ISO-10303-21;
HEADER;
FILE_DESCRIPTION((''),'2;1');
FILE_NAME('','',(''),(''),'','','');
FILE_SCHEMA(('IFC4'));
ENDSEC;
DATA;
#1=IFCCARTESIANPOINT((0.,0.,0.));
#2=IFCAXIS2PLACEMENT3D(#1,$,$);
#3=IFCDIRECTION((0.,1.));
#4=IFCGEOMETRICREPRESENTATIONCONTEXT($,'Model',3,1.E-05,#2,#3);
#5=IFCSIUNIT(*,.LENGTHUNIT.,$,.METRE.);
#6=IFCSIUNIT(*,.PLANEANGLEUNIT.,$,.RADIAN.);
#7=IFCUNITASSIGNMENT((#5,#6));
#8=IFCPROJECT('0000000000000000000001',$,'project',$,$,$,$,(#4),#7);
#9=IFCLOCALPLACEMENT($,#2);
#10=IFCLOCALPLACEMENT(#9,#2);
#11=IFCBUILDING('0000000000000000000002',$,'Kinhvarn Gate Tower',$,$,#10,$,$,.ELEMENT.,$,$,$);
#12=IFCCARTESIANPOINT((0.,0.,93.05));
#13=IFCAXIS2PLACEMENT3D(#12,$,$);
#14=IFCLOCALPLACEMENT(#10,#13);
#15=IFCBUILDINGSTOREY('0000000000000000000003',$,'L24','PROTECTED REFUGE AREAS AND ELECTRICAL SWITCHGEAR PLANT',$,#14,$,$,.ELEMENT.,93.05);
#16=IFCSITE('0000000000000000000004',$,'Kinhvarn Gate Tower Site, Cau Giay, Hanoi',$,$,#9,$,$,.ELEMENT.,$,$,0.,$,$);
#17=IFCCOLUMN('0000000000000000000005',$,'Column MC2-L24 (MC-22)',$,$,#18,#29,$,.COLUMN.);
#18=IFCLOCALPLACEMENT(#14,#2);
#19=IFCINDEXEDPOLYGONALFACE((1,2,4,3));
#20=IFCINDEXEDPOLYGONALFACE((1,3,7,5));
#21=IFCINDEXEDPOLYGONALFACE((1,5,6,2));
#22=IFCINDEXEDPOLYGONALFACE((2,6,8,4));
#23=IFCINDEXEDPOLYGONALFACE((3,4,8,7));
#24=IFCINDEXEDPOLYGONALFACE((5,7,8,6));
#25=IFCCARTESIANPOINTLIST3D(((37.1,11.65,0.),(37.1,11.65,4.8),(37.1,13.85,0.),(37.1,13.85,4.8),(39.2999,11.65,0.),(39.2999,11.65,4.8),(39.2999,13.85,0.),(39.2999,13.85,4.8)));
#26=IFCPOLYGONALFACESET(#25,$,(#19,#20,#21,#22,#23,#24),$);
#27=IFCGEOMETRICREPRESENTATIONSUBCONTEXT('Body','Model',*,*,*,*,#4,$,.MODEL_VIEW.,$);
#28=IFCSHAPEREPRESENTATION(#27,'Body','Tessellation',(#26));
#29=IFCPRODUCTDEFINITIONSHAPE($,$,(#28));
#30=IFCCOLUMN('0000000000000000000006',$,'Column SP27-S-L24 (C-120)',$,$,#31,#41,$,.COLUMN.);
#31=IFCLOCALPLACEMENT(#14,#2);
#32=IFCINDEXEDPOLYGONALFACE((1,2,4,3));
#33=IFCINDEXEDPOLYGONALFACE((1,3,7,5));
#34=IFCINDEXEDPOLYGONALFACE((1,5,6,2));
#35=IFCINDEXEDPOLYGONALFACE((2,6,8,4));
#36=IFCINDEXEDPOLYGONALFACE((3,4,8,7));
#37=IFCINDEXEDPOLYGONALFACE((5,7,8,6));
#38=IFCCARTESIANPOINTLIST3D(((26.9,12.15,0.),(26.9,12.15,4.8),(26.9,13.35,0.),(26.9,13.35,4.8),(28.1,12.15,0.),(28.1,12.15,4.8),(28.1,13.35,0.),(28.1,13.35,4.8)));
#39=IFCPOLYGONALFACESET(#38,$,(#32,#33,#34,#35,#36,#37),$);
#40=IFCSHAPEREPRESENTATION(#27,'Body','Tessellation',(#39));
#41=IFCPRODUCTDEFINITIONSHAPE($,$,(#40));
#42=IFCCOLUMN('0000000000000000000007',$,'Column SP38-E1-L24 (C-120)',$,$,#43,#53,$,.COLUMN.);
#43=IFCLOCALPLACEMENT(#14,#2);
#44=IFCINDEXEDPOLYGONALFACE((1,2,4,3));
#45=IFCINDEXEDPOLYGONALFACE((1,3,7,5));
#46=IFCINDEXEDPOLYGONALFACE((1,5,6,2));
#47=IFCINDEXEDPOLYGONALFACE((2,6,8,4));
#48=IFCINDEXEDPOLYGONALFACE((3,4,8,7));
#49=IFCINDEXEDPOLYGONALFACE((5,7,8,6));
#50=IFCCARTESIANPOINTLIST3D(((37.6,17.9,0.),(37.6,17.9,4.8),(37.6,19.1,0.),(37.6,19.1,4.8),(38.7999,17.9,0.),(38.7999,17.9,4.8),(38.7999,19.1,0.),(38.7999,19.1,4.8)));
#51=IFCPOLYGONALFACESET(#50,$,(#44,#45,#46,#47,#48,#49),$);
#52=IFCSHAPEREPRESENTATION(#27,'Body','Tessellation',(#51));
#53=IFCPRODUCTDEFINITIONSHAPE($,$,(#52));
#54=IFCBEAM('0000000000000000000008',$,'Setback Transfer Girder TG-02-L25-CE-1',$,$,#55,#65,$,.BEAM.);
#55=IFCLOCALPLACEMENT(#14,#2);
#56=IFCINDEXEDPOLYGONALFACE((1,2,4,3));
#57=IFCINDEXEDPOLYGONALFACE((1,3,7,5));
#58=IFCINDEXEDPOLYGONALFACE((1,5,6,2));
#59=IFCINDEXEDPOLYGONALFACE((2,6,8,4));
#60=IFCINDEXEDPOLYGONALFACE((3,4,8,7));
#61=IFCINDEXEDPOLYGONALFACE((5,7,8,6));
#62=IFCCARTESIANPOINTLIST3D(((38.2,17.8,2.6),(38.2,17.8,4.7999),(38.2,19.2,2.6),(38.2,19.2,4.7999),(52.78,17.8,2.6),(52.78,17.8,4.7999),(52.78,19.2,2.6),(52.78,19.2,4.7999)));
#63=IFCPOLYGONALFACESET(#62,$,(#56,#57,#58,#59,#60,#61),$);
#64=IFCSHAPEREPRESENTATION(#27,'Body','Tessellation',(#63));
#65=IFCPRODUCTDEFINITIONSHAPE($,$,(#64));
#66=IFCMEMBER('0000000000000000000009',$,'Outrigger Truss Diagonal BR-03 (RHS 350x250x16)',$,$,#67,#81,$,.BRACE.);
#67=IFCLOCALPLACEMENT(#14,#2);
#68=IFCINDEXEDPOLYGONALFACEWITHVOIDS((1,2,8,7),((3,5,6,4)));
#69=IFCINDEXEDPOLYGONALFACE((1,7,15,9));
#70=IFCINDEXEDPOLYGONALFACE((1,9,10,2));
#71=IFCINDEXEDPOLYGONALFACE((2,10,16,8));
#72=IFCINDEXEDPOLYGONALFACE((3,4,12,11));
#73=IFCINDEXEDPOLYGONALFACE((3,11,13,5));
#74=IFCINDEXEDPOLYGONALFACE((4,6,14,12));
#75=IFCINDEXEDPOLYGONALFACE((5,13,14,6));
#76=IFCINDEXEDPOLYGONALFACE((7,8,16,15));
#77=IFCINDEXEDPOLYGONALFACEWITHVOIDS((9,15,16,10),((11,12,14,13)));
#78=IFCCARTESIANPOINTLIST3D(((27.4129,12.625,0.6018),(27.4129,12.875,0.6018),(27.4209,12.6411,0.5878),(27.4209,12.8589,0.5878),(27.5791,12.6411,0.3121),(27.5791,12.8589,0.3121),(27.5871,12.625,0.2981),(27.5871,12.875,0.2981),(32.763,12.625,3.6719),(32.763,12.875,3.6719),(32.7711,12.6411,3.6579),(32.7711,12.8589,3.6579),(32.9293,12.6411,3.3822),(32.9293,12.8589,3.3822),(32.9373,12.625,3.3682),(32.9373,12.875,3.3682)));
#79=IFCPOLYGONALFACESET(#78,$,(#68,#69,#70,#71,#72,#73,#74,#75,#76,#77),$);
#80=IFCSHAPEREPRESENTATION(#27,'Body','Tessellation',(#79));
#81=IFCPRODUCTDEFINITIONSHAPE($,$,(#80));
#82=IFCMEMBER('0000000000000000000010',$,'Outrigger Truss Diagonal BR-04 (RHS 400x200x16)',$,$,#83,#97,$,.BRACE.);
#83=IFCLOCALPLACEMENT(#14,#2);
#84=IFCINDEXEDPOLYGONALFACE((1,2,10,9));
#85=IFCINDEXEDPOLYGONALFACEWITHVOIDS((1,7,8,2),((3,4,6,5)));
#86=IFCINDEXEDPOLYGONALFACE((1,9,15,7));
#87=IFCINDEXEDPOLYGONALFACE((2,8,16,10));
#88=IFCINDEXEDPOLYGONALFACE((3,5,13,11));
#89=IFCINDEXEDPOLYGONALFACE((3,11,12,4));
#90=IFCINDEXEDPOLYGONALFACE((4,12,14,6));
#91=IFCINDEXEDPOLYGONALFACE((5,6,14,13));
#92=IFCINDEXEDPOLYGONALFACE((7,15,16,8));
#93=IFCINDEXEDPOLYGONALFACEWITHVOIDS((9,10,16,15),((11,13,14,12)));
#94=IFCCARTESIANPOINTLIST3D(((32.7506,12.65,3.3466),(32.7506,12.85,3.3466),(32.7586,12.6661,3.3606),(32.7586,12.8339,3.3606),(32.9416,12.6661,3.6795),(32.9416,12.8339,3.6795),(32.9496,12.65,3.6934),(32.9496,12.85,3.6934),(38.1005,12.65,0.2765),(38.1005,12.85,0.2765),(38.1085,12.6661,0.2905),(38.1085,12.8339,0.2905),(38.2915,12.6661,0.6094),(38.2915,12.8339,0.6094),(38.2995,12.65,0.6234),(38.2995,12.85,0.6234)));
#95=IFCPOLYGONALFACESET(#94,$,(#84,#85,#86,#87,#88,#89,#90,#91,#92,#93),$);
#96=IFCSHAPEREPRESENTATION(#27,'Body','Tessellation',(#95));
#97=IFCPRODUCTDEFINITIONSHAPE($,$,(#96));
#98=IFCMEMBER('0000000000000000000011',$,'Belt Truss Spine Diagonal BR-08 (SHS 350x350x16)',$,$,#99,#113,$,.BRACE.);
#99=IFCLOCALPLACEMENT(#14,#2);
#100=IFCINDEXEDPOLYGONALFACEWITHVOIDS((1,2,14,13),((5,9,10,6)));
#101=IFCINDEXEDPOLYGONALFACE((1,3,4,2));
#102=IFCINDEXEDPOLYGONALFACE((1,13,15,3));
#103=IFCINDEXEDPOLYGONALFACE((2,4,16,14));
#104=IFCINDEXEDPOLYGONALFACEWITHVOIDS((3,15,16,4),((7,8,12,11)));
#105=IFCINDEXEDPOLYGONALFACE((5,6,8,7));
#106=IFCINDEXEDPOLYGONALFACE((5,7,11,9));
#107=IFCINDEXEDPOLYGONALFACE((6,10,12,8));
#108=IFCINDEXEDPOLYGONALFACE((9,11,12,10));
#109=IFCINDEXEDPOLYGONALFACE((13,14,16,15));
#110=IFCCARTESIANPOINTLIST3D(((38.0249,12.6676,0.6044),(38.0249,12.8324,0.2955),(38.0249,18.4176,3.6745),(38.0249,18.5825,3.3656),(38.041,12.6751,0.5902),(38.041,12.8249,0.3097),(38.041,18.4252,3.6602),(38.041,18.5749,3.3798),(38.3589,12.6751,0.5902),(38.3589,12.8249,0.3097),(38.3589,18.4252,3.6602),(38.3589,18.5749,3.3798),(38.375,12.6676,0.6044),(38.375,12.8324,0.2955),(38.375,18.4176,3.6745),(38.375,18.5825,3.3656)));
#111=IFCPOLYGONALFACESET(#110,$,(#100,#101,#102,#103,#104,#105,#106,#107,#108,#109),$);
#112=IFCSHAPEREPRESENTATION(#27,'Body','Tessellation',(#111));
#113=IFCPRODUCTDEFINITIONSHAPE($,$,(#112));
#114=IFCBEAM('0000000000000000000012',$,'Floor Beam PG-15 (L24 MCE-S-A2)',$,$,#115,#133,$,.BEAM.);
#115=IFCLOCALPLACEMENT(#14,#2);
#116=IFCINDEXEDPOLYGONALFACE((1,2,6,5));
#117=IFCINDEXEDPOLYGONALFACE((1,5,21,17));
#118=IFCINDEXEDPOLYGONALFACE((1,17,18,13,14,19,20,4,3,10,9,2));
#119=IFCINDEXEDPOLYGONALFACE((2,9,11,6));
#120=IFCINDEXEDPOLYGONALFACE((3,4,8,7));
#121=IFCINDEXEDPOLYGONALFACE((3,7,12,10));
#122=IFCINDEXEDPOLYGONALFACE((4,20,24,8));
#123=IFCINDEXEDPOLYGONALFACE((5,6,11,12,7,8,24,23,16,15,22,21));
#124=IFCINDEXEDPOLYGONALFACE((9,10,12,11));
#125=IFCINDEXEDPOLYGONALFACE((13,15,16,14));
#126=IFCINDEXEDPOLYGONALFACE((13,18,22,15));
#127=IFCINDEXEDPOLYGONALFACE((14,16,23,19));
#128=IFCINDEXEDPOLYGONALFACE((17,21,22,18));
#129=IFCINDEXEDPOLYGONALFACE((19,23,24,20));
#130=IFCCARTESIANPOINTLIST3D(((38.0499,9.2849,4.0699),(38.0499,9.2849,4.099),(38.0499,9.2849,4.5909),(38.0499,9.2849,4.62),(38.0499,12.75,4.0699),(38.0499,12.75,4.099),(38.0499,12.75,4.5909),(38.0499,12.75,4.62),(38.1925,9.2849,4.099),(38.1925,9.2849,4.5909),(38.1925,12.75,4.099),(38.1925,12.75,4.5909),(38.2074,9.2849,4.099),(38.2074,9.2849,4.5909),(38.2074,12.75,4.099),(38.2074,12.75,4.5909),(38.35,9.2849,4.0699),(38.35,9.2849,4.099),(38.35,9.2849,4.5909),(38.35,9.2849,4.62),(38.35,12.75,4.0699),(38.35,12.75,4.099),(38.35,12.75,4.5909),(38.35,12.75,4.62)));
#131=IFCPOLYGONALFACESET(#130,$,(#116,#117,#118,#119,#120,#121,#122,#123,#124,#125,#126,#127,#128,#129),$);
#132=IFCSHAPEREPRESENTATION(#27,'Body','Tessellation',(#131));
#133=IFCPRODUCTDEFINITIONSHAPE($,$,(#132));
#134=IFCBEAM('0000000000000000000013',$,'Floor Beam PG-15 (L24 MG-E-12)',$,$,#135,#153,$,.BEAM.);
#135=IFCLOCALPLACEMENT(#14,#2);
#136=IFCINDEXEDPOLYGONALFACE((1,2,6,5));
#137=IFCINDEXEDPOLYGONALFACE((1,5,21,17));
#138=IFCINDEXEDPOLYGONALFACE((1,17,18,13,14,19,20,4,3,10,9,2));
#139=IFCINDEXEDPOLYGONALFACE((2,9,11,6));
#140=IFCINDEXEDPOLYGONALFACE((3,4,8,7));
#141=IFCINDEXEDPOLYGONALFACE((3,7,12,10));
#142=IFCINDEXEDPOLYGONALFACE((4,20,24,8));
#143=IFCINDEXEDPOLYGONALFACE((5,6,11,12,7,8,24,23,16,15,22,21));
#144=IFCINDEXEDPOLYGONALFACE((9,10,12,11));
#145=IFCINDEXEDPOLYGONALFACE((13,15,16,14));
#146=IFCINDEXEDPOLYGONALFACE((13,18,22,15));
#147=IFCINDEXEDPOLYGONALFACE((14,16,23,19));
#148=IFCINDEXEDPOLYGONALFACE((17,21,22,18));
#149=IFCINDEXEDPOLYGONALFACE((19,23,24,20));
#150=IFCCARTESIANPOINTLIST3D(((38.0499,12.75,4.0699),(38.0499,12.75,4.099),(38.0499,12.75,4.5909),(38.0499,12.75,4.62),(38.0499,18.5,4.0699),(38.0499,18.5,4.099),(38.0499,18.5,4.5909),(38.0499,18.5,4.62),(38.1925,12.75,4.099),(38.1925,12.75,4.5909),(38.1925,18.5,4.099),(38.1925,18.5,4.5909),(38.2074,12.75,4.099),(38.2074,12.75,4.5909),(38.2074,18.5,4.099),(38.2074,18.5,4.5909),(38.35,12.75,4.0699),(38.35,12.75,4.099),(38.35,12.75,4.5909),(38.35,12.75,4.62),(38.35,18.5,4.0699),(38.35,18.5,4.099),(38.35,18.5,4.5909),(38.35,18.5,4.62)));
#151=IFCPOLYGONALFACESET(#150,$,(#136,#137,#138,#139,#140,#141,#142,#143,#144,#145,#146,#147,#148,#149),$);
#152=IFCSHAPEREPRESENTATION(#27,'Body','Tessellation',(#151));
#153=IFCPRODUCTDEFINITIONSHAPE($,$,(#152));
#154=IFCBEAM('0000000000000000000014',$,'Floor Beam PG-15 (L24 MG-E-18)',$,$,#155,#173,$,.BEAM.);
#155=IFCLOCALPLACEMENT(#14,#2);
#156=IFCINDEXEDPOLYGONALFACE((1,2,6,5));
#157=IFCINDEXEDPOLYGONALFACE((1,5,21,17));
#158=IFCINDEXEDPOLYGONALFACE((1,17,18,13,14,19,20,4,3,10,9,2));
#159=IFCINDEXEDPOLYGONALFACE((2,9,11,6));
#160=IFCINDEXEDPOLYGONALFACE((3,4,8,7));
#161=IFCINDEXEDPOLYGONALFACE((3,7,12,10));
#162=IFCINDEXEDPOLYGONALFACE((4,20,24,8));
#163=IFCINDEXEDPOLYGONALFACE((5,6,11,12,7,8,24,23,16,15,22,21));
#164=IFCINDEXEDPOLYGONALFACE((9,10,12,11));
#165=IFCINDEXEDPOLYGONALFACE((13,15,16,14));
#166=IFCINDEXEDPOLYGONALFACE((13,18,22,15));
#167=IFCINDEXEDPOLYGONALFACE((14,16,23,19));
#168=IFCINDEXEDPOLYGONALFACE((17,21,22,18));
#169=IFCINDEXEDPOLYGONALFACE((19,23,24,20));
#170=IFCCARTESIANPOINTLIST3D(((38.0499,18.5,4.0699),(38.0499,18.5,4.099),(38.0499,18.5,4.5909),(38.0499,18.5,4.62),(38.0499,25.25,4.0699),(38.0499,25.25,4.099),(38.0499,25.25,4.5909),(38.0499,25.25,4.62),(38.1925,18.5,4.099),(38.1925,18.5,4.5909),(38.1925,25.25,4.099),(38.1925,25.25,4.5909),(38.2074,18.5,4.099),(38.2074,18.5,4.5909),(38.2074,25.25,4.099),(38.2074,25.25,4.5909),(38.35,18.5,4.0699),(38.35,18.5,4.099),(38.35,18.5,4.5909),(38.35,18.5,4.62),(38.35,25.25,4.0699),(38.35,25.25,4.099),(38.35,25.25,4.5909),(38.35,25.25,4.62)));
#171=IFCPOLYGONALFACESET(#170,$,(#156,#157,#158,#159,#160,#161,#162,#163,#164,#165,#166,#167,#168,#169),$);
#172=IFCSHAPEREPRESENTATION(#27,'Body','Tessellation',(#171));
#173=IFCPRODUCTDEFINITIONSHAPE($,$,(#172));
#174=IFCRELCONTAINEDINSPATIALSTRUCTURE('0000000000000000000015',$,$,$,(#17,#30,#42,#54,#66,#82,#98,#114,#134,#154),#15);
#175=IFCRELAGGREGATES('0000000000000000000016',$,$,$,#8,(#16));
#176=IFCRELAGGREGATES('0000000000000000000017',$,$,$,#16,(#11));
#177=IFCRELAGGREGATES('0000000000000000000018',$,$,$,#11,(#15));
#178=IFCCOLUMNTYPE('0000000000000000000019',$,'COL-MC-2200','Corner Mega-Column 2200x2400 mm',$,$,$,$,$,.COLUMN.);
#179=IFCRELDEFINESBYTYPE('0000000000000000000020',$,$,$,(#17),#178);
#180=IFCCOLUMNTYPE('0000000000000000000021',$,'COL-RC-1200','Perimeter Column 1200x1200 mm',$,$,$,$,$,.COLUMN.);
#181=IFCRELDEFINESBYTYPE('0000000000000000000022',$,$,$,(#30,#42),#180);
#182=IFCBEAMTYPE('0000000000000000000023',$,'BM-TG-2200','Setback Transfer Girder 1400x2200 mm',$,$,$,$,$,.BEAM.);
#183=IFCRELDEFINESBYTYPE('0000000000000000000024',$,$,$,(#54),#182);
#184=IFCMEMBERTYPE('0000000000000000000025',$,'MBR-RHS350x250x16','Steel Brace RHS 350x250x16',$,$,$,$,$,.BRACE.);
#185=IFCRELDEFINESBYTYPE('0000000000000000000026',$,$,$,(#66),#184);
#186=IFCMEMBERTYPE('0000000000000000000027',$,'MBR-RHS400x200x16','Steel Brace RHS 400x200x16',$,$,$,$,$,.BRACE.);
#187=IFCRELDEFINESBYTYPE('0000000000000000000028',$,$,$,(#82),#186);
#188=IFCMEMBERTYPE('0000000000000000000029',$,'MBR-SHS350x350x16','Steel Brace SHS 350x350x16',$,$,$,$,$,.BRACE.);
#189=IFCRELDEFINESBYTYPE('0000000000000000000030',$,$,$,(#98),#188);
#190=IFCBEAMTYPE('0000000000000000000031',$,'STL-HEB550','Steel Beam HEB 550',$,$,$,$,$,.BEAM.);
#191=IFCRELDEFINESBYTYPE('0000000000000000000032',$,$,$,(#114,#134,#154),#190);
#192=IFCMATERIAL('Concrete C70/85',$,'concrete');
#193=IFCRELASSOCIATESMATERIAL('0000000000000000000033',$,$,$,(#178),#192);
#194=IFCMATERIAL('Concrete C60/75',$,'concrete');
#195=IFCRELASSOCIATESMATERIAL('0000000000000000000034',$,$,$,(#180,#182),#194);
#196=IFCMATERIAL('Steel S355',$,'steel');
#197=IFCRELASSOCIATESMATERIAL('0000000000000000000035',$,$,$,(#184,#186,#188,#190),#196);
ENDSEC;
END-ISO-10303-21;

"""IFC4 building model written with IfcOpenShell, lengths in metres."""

from ifc_helpers import new_model, si_unit, direction, frame, origin, origin_2d, place, context, subcontext, project, spatial, rectangle, hollow_rectangle, i_section, extrude, material, material_profile, profile_set, type_object, element, save


model = new_model("IFC4")

# Units and contexts
model_context = context("Model", 3, precision=1e-05, world=origin(), true_north=direction((0.0, 1.0)))
body_context = subcontext(model_context, "Body", "Model", "MODEL_VIEW")
ifc_project = project(units=[si_unit("LENGTHUNIT", "METRE"), si_unit("PLANEANGLEUNIT", "RADIAN")], contexts=[model_context])

# Site, building, storey
site_placement = place(None, origin())
site = spatial("IfcSite", under=ifc_project, at=site_placement, Name="Kinhvarn Gate Tower Site, Cau Giay, Hanoi", CompositionType="ELEMENT", RefElevation=0.0)
building_placement = place(site_placement, origin())
building = spatial("IfcBuilding", under=site, at=building_placement, Name="Kinhvarn Gate Tower", CompositionType="ELEMENT")
storey_placement = place(building_placement, frame((0.0, 0.0, 93.05)))
storey = spatial("IfcBuildingStorey", under=building, at=storey_placement, Name="L24", Description="PROTECTED REFUGE AREAS AND ELECTRICAL SWITCHGEAR PLANT", CompositionType="ELEMENT", Elevation=93.05)

# Columns
ifc_material_1 = material(Name="Concrete C70/85", Category="concrete")
ifc_material_profile_1 = material_profile(ifc_material_1, rectangle(XDim=2.2, YDim=2.2, at=origin_2d()), Name="RC 2200x2200")
ifc_profile_set_1 = profile_set([ifc_material_profile_1], Name="Concrete C70/85")
column_type_1 = type_object("IfcColumnType", Name="COL-MC-2200", Description="Corner Mega-Column 2200x2400 mm", PredefinedType="COLUMN", material=ifc_profile_set_1)
column_placement = place(storey_placement, frame((38.2, 12.75, 0.0), z_axis=(0.0, 0.0, 1.0), x_axis=(1.0, 0.0, 0.0)))
element("IfcColumn", 1, at=column_placement, inside=storey, type_object=column_type_1, Name="Column MC2-L24 (MC-22)", PredefinedType="COLUMN", context=body_context, shape_type="SweptSolid", body=[
    extrude(rectangle(XDim=2.2, YDim=2.2, at=origin_2d()), origin(), (0.0, 0.0, 1.0), 4.8),
])
ifc_material_2 = material(Name="Concrete C60/75", Category="concrete")
ifc_material_profile_2 = material_profile(ifc_material_2, rectangle(XDim=1.2, YDim=1.2, at=origin_2d()), Name="RC 1200x1200")
ifc_profile_set_2 = profile_set([ifc_material_profile_2], Name="Concrete C60/75")
column_type_2 = type_object("IfcColumnType", Name="COL-RC-1200", Description="Perimeter Column 1200x1200 mm", PredefinedType="COLUMN", material=ifc_profile_set_2)
for number, where, z_axis, x_axis, name in (
    (2, (27.5, 12.75, 0.0), (0.0, 0.0, 1.0), (1.0, 0.0, 0.0), "Column SP27-S-L24 (C-120)"),
    (3, (38.2, 18.5, 0.0), (0.0, 0.0, 1.0), (1.0, 0.0, 0.0), "Column SP38-E1-L24 (C-120)"),
):
    element("IfcColumn", number, at=place(storey_placement, frame(where, z_axis=z_axis, x_axis=x_axis)), inside=storey, type_object=column_type_2, Name=name, PredefinedType="COLUMN", context=body_context, shape_type="SweptSolid", body=[
        extrude(rectangle(XDim=1.2, YDim=1.2, at=origin_2d()), origin(), (0.0, 0.0, 1.0), 4.8),
    ])

# Beam
ifc_material_profile_3 = material_profile(ifc_material_2, rectangle(XDim=1.3999, YDim=2.2, at=origin_2d()), Name="RC 1400x2200")
ifc_profile_set_3 = profile_set([ifc_material_profile_3], Name="Concrete C60/75")
beam_type_1 = type_object("IfcBeamType", Name="BM-TG-2200", Description="Setback Transfer Girder 1400x2200 mm", PredefinedType="BEAM", material=ifc_profile_set_3)
beam_1_placement = place(storey_placement, frame((38.2, 18.5, 3.7), z_axis=(1.0, 0.0, 0.0), x_axis=(0.0, 1.0, 0.0)))
element("IfcBeam", 4, at=beam_1_placement, inside=storey, type_object=beam_type_1, Name="Setback Transfer Girder TG-02-L25-CE-1", PredefinedType="BEAM", context=body_context, shape_type="SweptSolid", body=[
    extrude(rectangle(XDim=1.3999, YDim=2.2, at=origin_2d()), origin(), (0.0, 0.0, 1.0), 14.5801),
])

# Members
ifc_material_3 = material(Name="Steel S355", Category="steel")
ifc_material_profile_4 = material_profile(ifc_material_3, hollow_rectangle(XDim=0.25, YDim=0.3501, WallThickness=0.0161, at=origin_2d()), Name="RHS 350x250x16")
ifc_profile_set_4 = profile_set([ifc_material_profile_4], Name="Steel S355")
member_type_1 = type_object("IfcMemberType", Name="MBR-RHS350x250x16", Description="Steel Brace RHS 350x250x16", PredefinedType="BRACE", material=ifc_profile_set_4)
member_1_placement = place(storey_placement, frame((27.5, 12.75, 0.45), z_axis=(0.867343, 0.0, 0.497711), x_axis=(0.0, 1.0, 0.0)))
element("IfcMember", 5, at=member_1_placement, inside=storey, type_object=member_type_1, Name="Outrigger Truss Diagonal BR-03 (RHS 350x250x16)", PredefinedType="BRACE", context=body_context, shape_type="SweptSolid", body=[
    extrude(hollow_rectangle(XDim=0.25, YDim=0.3501, WallThickness=0.0161, at=origin_2d()), origin(), (0.0, 0.0, 1.0), 6.1685),
])
ifc_material_profile_5 = material_profile(ifc_material_3, hollow_rectangle(XDim=0.2, YDim=0.3999, WallThickness=0.0161, at=origin_2d()), Name="RHS 400x200x16")
ifc_profile_set_5 = profile_set([ifc_material_profile_5], Name="Steel S355")
member_type_2 = type_object("IfcMemberType", Name="MBR-RHS400x200x16", Description="Steel Brace RHS 400x200x16", PredefinedType="BRACE", material=ifc_profile_set_5)
member_2_placement = place(storey_placement, frame((32.8501, 12.75, 3.52), z_axis=(0.867333, 0.0, -0.497728), x_axis=(0.0, 1.0, 0.0)))
element("IfcMember", 6, at=member_2_placement, inside=storey, type_object=member_type_2, Name="Outrigger Truss Diagonal BR-04 (RHS 400x200x16)", PredefinedType="BRACE", context=body_context, shape_type="SweptSolid", body=[
    extrude(hollow_rectangle(XDim=0.2, YDim=0.3999, WallThickness=0.0161, at=origin_2d()), origin(), (0.0, 0.0, 1.0), 6.1682),
])
ifc_material_profile_6 = material_profile(ifc_material_3, hollow_rectangle(XDim=0.3501, YDim=0.3501, WallThickness=0.0161, at=origin_2d()), Name="SHS 350x350x16")
ifc_profile_set_6 = profile_set([ifc_material_profile_6], Name="Steel S355")
member_type_3 = type_object("IfcMemberType", Name="MBR-SHS350x350x16", Description="Steel Brace SHS 350x350x16", PredefinedType="BRACE", material=ifc_profile_set_6)
member_3_placement = place(storey_placement, frame((38.2, 12.75, 0.45), z_axis=(0.0, 0.882136, 0.470994), x_axis=(-1.0, 0.0, 0.0)))
element("IfcMember", 7, at=member_3_placement, inside=storey, type_object=member_type_3, Name="Belt Truss Spine Diagonal BR-08 (SHS 350x350x16)", PredefinedType="BRACE", context=body_context, shape_type="SweptSolid", body=[
    extrude(hollow_rectangle(XDim=0.3501, YDim=0.3501, WallThickness=0.0161, at=origin_2d()), origin(), (0.0, 0.0, 1.0), 6.5183),
])

# Beams
ifc_material_profile_7 = material_profile(ifc_material_3, i_section(OverallWidth=0.3, OverallDepth=0.55, WebThickness=0.0149, FlangeThickness=0.0291, at=origin_2d()), Name="HEB 550")
ifc_profile_set_7 = profile_set([ifc_material_profile_7], Name="Steel S355")
beam_type_2 = type_object("IfcBeamType", Name="STL-HEB550", Description="Steel Beam HEB 550", PredefinedType="BEAM", material=ifc_profile_set_7)
beam_2_placement = place(storey_placement, frame((38.2, 9.2849, 4.345), z_axis=(0.0, 1.0, 0.0), x_axis=(-1.0, 0.0, 0.0)))
element("IfcBeam", 8, at=beam_2_placement, inside=storey, type_object=beam_type_2, Name="Floor Beam PG-15 (L24 MCE-S-A2)", PredefinedType="BEAM", context=body_context, shape_type="SweptSolid", body=[
    extrude(i_section(OverallWidth=0.3, OverallDepth=0.55, WebThickness=0.0149, FlangeThickness=0.0291, at=origin_2d()), origin(), (0.0, 0.0, 1.0), 3.4651),
])
beam_3_placement = place(storey_placement, frame((38.2, 12.75, 4.345), z_axis=(0.0, 1.0, 0.0), x_axis=(-1.0, 0.0, 0.0)))
element("IfcBeam", 9, at=beam_3_placement, inside=storey, type_object=beam_type_2, Name="Floor Beam PG-15 (L24 MG-E-12)", PredefinedType="BEAM", context=body_context, shape_type="SweptSolid", body=[
    extrude(i_section(OverallWidth=0.3, OverallDepth=0.55, WebThickness=0.0149, FlangeThickness=0.0291, at=origin_2d()), origin(), (0.0, 0.0, 1.0), 5.75),
])
beam_4_placement = place(storey_placement, frame((38.2, 18.5, 4.345), z_axis=(0.0, 1.0, 0.0), x_axis=(-1.0, 0.0, 0.0)))
element("IfcBeam", 10, at=beam_4_placement, inside=storey, type_object=beam_type_2, Name="Floor Beam PG-15 (L24 MG-E-18)", PredefinedType="BEAM", context=body_context, shape_type="SweptSolid", body=[
    extrude(i_section(OverallWidth=0.3, OverallDepth=0.55, WebThickness=0.0149, FlangeThickness=0.0291, at=origin_2d()), origin(), (0.0, 0.0, 1.0), 6.75),
])

save(model, "model.ifc")
